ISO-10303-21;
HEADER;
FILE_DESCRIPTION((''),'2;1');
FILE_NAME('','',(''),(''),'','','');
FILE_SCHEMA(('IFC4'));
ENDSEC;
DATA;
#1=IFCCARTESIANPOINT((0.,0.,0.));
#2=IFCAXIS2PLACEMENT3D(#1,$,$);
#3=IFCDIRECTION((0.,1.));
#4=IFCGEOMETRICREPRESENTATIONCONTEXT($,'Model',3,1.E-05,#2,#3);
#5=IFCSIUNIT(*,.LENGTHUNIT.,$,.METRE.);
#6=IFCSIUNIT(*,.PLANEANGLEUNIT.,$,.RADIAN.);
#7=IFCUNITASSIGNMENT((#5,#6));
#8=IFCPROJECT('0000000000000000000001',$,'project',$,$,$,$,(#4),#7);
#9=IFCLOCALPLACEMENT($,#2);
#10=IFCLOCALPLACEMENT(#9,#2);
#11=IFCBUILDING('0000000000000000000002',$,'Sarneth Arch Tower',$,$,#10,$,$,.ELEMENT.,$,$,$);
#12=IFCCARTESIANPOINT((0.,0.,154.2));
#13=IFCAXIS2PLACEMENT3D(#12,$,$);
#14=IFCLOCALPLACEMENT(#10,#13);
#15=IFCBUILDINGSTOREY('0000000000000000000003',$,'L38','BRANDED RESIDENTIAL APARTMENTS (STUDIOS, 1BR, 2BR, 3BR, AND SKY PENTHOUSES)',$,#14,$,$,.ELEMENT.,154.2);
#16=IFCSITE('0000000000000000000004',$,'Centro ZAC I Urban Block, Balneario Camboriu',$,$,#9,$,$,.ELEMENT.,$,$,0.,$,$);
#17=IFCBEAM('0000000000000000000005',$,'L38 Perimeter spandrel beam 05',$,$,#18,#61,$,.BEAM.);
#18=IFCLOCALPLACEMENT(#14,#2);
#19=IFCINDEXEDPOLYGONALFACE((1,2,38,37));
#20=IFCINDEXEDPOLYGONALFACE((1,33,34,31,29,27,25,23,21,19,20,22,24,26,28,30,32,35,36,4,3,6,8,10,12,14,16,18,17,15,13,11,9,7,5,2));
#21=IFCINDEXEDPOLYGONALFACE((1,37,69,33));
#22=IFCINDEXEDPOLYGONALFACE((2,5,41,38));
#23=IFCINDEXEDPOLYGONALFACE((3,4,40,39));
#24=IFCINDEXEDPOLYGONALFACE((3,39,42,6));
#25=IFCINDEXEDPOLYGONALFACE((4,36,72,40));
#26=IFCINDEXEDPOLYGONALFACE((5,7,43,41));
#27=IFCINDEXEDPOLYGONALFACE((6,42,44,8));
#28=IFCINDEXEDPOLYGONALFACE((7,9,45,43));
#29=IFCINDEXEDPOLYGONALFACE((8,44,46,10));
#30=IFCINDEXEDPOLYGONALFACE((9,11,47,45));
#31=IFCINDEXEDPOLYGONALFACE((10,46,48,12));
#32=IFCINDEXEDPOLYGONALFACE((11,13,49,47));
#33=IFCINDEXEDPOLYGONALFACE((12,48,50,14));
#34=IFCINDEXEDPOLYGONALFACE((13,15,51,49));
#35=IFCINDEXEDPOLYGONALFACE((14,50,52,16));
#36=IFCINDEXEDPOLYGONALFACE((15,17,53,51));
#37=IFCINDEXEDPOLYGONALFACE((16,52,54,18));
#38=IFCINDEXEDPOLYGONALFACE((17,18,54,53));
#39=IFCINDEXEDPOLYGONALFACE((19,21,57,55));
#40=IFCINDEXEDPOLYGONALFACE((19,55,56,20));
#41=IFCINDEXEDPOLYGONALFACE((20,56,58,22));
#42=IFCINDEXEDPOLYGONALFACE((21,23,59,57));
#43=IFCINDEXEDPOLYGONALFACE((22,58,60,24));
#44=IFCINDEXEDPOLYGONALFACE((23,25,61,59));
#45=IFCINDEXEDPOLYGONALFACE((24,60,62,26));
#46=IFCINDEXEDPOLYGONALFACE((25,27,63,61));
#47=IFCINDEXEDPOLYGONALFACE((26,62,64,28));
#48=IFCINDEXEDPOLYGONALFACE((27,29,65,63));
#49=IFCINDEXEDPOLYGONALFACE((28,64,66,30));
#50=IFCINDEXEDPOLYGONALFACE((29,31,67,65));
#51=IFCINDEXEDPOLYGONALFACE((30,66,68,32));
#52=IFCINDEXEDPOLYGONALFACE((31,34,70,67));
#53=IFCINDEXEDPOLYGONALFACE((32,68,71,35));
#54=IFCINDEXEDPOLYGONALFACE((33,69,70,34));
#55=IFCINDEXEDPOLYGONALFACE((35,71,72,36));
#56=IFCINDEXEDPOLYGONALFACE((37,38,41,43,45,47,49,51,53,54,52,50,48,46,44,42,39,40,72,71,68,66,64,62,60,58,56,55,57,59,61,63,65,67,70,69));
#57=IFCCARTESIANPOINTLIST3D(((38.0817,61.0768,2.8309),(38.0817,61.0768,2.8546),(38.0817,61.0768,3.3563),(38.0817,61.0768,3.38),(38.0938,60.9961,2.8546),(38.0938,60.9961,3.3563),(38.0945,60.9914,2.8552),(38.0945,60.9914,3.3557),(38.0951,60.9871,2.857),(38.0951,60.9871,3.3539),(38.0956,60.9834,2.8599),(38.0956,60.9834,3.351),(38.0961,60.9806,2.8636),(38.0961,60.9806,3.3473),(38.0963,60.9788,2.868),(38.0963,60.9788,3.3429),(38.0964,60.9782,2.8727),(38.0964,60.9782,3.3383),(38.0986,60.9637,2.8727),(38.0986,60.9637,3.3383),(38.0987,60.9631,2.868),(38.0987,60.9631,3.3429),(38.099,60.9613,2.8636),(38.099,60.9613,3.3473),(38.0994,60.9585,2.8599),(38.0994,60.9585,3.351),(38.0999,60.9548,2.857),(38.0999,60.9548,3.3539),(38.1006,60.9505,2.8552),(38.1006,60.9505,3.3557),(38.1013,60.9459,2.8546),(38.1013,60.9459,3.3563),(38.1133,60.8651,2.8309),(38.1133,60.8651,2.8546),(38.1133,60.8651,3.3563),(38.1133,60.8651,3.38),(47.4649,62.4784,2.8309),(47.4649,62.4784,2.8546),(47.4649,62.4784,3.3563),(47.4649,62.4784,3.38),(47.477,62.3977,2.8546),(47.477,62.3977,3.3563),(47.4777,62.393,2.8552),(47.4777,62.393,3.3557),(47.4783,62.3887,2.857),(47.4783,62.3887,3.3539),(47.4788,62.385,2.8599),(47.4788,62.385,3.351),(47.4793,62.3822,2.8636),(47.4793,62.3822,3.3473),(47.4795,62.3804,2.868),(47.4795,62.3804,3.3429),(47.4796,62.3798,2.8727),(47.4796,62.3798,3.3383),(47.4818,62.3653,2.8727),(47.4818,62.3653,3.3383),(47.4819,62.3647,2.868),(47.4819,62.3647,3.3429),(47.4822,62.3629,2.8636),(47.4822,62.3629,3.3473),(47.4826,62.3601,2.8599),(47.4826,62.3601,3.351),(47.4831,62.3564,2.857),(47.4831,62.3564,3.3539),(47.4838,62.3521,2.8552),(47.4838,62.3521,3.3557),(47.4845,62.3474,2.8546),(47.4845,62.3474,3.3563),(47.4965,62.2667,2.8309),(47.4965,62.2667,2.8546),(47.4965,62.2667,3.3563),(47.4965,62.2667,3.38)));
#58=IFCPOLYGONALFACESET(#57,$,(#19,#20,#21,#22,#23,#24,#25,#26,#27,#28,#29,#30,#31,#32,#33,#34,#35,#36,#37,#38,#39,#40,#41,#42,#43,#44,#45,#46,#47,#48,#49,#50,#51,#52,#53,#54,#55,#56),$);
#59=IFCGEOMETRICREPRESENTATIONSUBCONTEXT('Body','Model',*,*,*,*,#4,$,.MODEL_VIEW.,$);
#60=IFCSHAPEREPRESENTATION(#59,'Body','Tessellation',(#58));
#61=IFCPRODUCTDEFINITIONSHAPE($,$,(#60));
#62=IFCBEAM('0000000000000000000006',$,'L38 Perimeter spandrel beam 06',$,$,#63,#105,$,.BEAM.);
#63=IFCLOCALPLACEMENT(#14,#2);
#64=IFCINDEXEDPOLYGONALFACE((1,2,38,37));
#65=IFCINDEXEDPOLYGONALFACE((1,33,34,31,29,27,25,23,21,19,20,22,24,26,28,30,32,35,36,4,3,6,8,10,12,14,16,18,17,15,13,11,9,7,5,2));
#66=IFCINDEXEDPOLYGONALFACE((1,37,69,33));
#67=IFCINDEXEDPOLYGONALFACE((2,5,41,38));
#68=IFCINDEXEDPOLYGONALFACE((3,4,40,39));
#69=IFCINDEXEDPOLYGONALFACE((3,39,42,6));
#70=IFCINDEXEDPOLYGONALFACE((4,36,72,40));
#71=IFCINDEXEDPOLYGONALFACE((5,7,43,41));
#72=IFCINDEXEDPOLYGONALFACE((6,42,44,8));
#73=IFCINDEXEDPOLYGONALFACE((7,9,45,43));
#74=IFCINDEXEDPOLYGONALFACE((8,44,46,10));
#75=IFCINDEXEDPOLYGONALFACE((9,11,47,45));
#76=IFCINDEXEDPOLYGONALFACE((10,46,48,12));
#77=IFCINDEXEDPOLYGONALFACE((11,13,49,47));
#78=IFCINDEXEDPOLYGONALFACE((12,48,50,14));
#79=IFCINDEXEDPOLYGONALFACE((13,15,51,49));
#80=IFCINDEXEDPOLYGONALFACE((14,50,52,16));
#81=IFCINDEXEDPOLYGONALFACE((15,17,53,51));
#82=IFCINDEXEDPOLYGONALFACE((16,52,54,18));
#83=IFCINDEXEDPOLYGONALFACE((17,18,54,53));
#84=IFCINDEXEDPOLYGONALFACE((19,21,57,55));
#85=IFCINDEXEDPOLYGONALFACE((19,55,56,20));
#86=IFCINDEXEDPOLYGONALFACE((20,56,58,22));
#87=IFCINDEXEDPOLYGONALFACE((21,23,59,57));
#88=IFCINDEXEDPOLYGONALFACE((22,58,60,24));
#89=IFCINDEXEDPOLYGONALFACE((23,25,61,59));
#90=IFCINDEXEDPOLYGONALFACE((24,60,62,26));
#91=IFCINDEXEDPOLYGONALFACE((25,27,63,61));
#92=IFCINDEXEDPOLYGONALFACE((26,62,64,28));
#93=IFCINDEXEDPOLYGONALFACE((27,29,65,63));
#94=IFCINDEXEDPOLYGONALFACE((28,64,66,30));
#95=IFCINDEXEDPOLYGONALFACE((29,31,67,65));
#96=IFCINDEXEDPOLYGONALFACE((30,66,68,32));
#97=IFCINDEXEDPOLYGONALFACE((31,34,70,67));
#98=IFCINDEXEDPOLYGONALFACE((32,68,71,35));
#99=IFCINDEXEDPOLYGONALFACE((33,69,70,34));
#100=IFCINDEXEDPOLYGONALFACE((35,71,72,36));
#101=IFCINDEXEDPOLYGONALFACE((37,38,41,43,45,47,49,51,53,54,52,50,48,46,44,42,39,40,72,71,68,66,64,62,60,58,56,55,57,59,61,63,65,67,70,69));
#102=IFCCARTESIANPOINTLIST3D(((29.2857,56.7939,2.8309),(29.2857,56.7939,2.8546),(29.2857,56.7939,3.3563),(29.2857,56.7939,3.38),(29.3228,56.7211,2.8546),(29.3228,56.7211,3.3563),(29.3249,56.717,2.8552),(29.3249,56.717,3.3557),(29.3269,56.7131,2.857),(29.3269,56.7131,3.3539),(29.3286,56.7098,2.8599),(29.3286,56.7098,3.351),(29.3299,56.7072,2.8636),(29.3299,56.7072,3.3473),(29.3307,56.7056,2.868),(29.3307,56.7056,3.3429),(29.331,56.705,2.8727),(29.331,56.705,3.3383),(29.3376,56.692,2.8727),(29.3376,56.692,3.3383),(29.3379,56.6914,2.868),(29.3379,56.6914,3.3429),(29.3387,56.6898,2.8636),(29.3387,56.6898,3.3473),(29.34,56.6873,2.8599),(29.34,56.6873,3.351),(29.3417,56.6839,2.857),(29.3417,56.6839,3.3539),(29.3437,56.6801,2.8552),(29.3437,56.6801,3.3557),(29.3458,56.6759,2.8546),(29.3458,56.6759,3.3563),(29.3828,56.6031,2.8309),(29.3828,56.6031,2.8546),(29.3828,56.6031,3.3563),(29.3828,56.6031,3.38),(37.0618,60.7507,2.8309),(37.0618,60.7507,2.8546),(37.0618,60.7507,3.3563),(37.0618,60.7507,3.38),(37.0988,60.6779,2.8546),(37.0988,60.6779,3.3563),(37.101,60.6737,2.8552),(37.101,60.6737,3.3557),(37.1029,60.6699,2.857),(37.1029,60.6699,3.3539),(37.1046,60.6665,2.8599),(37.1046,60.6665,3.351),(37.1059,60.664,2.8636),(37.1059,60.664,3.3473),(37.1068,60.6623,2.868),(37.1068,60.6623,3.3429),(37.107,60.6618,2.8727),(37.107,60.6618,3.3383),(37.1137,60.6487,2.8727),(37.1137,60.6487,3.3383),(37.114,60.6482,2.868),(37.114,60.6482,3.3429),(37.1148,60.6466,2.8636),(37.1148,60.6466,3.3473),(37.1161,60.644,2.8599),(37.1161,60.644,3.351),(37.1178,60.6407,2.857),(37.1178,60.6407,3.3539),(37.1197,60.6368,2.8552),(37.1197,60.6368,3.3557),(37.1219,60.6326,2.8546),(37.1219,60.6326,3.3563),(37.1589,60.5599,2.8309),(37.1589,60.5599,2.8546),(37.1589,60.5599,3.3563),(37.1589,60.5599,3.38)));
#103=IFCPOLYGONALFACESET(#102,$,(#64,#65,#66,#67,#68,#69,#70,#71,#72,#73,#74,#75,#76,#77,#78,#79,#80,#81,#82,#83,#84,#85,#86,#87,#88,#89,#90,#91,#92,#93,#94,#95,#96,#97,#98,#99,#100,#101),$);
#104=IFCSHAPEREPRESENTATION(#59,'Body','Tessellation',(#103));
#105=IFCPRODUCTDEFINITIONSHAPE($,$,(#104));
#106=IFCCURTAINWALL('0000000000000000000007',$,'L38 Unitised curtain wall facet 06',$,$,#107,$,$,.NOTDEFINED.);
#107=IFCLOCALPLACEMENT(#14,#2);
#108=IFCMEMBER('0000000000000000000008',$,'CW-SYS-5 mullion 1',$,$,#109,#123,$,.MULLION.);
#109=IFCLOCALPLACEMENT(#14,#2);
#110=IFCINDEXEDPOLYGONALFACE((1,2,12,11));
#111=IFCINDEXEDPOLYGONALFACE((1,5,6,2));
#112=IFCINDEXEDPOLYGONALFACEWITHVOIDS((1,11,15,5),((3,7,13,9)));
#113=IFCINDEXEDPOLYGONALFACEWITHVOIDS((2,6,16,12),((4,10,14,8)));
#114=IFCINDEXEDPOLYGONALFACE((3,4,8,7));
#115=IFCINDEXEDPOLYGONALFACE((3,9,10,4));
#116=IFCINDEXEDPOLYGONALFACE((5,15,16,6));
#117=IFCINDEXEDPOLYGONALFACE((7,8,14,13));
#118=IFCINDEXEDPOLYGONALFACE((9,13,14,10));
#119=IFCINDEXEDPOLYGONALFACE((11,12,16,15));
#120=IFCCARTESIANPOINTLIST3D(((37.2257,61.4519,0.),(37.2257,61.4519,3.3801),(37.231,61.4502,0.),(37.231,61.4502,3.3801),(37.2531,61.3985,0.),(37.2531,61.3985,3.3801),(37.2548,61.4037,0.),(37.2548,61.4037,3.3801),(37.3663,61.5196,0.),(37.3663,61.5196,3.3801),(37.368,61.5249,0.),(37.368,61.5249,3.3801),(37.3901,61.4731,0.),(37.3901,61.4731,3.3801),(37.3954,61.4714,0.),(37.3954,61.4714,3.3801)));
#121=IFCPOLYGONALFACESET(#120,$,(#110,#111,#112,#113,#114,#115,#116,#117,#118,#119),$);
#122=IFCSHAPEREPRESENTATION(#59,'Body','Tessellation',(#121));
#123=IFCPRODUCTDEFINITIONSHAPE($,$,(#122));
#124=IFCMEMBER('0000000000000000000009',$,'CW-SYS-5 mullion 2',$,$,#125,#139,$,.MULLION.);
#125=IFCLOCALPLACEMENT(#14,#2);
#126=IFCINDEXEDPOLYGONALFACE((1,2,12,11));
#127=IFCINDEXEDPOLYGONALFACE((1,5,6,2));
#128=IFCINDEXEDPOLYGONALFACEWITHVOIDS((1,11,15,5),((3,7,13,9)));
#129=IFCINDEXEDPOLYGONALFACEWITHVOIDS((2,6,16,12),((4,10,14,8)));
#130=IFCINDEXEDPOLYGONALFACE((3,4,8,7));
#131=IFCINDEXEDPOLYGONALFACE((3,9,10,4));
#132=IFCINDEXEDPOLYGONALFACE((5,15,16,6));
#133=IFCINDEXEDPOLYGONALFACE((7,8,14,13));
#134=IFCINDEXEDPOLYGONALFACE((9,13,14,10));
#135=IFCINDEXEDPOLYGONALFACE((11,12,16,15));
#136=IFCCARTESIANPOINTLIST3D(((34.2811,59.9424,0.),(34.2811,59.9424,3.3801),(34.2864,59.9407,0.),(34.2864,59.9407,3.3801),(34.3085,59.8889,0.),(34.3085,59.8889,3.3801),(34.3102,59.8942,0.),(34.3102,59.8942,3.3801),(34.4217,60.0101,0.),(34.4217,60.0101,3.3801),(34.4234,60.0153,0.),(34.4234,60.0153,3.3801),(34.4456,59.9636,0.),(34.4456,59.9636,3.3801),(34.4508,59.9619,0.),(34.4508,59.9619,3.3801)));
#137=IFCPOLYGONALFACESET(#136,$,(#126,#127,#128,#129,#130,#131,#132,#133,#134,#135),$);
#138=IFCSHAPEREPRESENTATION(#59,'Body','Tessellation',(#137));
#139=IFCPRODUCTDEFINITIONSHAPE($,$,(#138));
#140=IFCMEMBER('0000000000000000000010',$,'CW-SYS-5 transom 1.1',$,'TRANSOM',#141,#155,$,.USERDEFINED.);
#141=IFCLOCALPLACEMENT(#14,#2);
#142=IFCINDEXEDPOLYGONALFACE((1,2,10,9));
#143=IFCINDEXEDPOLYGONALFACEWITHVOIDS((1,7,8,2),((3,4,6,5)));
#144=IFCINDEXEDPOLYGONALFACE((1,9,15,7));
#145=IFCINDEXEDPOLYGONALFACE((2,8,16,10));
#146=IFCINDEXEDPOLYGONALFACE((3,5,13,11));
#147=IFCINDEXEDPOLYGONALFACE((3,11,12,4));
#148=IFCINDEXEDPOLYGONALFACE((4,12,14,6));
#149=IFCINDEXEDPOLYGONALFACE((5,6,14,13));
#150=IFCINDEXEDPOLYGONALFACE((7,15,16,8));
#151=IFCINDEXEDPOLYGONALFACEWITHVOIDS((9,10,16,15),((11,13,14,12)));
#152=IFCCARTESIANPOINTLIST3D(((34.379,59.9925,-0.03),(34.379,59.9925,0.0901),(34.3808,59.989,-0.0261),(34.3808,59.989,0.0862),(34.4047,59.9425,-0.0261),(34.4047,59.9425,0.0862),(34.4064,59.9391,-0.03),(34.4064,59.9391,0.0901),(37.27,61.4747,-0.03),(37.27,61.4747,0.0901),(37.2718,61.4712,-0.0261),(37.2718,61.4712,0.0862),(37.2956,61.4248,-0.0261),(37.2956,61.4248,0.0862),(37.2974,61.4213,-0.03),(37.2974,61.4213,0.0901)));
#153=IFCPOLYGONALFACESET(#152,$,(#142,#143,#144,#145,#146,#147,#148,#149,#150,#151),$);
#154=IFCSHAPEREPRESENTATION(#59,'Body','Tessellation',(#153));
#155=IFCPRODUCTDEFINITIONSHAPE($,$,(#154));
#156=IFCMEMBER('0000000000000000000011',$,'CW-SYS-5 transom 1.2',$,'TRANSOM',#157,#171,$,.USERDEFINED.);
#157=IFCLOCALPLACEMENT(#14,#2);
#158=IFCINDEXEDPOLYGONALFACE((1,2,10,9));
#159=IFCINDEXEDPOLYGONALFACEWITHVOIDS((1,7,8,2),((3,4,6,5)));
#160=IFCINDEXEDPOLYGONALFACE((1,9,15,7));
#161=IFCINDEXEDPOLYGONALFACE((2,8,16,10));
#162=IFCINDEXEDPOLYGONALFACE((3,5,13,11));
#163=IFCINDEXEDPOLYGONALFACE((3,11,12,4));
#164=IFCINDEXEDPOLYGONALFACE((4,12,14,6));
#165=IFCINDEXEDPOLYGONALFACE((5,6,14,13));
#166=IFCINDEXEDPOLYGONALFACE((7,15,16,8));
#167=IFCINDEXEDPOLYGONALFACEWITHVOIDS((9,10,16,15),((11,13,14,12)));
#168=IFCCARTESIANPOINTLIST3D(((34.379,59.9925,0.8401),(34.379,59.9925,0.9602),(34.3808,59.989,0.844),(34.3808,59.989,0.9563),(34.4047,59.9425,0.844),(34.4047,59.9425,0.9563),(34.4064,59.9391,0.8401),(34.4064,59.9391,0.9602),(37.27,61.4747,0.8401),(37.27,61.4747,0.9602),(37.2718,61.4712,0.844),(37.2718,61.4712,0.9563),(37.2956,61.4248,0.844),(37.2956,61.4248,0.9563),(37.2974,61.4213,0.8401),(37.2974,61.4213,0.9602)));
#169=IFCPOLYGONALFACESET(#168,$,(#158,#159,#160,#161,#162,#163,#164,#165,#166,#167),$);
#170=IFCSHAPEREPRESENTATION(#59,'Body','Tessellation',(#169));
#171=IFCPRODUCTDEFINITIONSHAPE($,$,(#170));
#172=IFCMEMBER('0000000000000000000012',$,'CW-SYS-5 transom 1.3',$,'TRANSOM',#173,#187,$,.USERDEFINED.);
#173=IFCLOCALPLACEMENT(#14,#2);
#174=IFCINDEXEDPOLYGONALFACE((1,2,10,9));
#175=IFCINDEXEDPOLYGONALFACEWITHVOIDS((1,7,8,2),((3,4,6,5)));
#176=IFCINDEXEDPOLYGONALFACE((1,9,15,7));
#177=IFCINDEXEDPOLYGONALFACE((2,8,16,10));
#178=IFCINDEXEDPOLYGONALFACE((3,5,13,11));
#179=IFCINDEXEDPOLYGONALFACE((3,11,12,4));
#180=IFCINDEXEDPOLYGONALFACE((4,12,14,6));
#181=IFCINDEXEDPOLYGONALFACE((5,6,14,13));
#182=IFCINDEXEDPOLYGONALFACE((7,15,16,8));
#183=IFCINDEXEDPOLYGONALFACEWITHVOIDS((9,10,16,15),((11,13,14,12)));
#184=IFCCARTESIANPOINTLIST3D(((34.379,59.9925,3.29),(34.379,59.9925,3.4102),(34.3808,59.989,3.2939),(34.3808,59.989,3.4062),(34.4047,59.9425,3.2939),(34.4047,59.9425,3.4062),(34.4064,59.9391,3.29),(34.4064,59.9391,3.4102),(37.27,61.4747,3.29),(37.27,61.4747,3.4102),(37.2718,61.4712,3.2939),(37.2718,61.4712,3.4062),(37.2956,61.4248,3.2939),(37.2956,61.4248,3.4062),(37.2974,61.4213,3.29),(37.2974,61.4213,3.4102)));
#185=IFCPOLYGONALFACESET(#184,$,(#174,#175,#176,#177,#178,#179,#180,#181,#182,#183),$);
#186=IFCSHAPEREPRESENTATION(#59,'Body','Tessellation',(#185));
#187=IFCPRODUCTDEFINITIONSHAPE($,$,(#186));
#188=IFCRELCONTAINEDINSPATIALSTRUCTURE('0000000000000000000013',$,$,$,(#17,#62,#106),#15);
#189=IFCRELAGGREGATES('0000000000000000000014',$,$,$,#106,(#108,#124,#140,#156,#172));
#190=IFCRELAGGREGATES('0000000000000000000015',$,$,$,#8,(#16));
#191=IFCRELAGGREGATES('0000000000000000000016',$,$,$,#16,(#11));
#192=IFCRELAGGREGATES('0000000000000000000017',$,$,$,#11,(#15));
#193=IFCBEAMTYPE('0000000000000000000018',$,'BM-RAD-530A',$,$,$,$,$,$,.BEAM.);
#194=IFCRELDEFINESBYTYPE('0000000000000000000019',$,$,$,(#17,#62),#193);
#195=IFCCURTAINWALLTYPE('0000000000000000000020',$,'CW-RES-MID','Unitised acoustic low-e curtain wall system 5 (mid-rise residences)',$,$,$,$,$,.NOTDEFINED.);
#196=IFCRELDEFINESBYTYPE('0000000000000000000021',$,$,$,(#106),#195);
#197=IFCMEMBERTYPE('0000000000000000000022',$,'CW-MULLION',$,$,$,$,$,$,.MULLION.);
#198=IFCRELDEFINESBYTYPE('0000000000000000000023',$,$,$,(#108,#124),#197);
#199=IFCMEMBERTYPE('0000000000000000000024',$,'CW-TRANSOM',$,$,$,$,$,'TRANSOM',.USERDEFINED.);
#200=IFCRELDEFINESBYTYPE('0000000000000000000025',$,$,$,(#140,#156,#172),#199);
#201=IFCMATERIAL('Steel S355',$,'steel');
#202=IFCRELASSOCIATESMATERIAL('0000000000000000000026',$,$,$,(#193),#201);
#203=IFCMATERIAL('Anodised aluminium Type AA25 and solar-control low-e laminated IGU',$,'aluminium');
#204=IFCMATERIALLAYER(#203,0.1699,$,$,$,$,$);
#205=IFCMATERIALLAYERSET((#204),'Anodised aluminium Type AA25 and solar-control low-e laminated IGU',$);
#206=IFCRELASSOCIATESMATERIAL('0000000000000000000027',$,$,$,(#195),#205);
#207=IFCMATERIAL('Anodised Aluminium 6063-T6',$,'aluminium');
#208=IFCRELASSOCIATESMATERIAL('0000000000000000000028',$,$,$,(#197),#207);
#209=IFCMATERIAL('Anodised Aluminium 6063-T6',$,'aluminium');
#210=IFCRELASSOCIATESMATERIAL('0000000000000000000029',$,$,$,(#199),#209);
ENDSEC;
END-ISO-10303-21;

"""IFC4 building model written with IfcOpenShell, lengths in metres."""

from ifc_helpers import new_model, si_unit, direction, frame, origin, origin_2d, place, context, subcontext, project, spatial, hollow_rectangle, i_section, extrude, material, layer, layer_set, material_profile, profile_set, type_object, element, aggregate, save


model = new_model("IFC4")

# Units and contexts
model_context = context("Model", 3, precision=1e-05, world=origin(), true_north=direction((0.0, 1.0)))
body_context = subcontext(model_context, "Body", "Model", "MODEL_VIEW")
ifc_project = project(units=[si_unit("LENGTHUNIT", "METRE"), si_unit("PLANEANGLEUNIT", "RADIAN")], contexts=[model_context])

# Site, building, storey
site_placement = place(None, origin())
site = spatial("IfcSite", under=ifc_project, at=site_placement, Name="Centro ZAC I Urban Block, Balneario Camboriu", CompositionType="ELEMENT", RefElevation=0.0)
building_placement = place(site_placement, origin())
building = spatial("IfcBuilding", under=site, at=building_placement, Name="Sarneth Arch Tower", CompositionType="ELEMENT")
storey_placement = place(building_placement, frame((0.0, 0.0, 154.2)))
storey = spatial("IfcBuildingStorey", under=building, at=storey_placement, Name="L38", Description="BRANDED RESIDENTIAL APARTMENTS (STUDIOS, 1BR, 2BR, 3BR, AND SKY PENTHOUSES)", CompositionType="ELEMENT", Elevation=154.2)

# Beams
ifc_material_1 = material(Name="Steel S355", Category="steel")
ifc_material_profile_1 = material_profile(ifc_material_1, i_section(OverallWidth=0.2141, OverallDepth=0.5491, WebThickness=0.0146, FlangeThickness=0.0237, FilletRadius=0.0181, at=origin_2d()), Name="W530x138")
ifc_profile_set_1 = profile_set([ifc_material_profile_1], Name="Steel S355")
beam_type = type_object("IfcBeamType", Name="BM-RAD-530A", PredefinedType="BEAM", material=ifc_profile_set_1)
beam_1_placement = place(storey_placement, frame((47.4807, 62.3726, 3.1055), z_axis=(-0.989027, -0.147734, 0.0), x_axis=(0.147734, -0.989027, 0.0)))
element("IfcBeam", 1, at=beam_1_placement, inside=storey, type_object=beam_type, Name="L38 Perimeter spandrel beam 05", PredefinedType="BEAM", context=body_context, shape_type="SweptSolid", body=[
    extrude(i_section(OverallWidth=0.2141, OverallDepth=0.5491, WebThickness=0.0146, FlangeThickness=0.0237, FilletRadius=0.0181, at=origin_2d()), origin(), (0.0, 0.0, 1.0), 9.4873),
])
beam_2_placement = place(storey_placement, frame((37.1104, 60.6553, 3.1055), z_axis=(-0.891254, -0.453504, 0.0), x_axis=(0.453504, -0.891254, 0.0)))
element("IfcBeam", 2, at=beam_2_placement, inside=storey, type_object=beam_type, Name="L38 Perimeter spandrel beam 06", PredefinedType="BEAM", context=body_context, shape_type="SweptSolid", body=[
    extrude(i_section(OverallWidth=0.2141, OverallDepth=0.5491, WebThickness=0.0146, FlangeThickness=0.0237, FilletRadius=0.0181, at=origin_2d()), origin(), (0.0, 0.0, 1.0), 8.7249),
])

# Curtain wall, members
ifc_material_2 = material(Name="Anodised aluminium Type AA25 and solar-control low-e laminated IGU", Category="aluminium")
ifc_layer_1 = layer(ifc_material_2, 0.1699)
ifc_layer_set_1 = layer_set([ifc_layer_1], Name="Anodised aluminium Type AA25 and solar-control low-e laminated IGU")
curtain_wall_type = type_object("IfcCurtainWallType", Name="CW-RES-MID", Description="Unitised acoustic low-e curtain wall system 5 (mid-rise residences)", PredefinedType="NOTDEFINED", material=ifc_layer_set_1)
curtain_wall_placement = place(storey_placement, origin())
curtain_wall = element("IfcCurtainWall", 3, at=curtain_wall_placement, inside=storey, type_object=curtain_wall_type, Name="L38 Unitised curtain wall facet 06", PredefinedType="NOTDEFINED")
ifc_material_3 = material(Name="Anodised Aluminium 6063-T6", Category="aluminium")
ifc_material_profile_2 = material_profile(ifc_material_3, hollow_rectangle(XDim=0.0601, YDim=0.1599, WallThickness=0.0039, at=origin_2d()), Name="AL-MULL-160x60x4")
ifc_profile_set_2 = profile_set([ifc_material_profile_2], Name="Anodised Aluminium 6063-T6")
member_type_1 = type_object("IfcMemberType", Name="CW-MULLION", PredefinedType="MULLION", material=ifc_profile_set_2)
member_1_placement = place(storey_placement, frame((37.3105, 61.4617, 0.0), z_axis=(0.0, 0.0, 1.0), x_axis=(0.456208, -0.889873, 0.0)))
member_1 = element("IfcMember", 4, at=member_1_placement, type_object=member_type_1, Name="CW-SYS-5 mullion 1", PredefinedType="MULLION", context=body_context, shape_type="SweptSolid", body=[
    extrude(hollow_rectangle(XDim=0.0601, YDim=0.1599, WallThickness=0.0039, at=origin_2d()), origin(), (0.0, 0.0, 1.0), 3.3801),
])
member_2_placement = place(storey_placement, frame((34.366, 59.9521, 0.0), z_axis=(0.0, 0.0, 1.0), x_axis=(0.456208, -0.889873, 0.0)))
member_2 = element("IfcMember", 5, at=member_2_placement, type_object=member_type_1, Name="CW-SYS-5 mullion 2", PredefinedType="MULLION", context=body_context, shape_type="SweptSolid", body=[
    extrude(hollow_rectangle(XDim=0.0601, YDim=0.1599, WallThickness=0.0039, at=origin_2d()), origin(), (0.0, 0.0, 1.0), 3.3801),
])
ifc_material_4 = material(Name="Anodised Aluminium 6063-T6", Category="aluminium")
ifc_material_profile_3 = material_profile(ifc_material_4, hollow_rectangle(XDim=0.0601, YDim=0.1201, WallThickness=0.0039, at=origin_2d()), Name="AL-TRAN-120x60x4")
ifc_profile_set_3 = profile_set([ifc_material_profile_3], Name="Anodised Aluminium 6063-T6")
member_type_2 = type_object("IfcMemberType", Name="CW-TRANSOM", ElementType="TRANSOM", PredefinedType="USERDEFINED", material=ifc_profile_set_3)
member_3_placement = place(storey_placement, frame((37.2837, 61.448, 0.03), z_axis=(-0.889857, -0.456239, 0.0), x_axis=(0.456239, -0.889857, 0.0)))
member_3 = element("IfcMember", 6, at=member_3_placement, type_object=member_type_2, Name="CW-SYS-5 transom 1.1", ObjectType="TRANSOM", PredefinedType="USERDEFINED", context=body_context, shape_type="SweptSolid", body=[
    extrude(hollow_rectangle(XDim=0.0601, YDim=0.1201, WallThickness=0.0039, at=origin_2d()), origin(), (0.0, 0.0, 1.0), 3.2488),
])
member_4_placement = place(storey_placement, frame((37.2837, 61.448, 0.9001), z_axis=(-0.889857, -0.456239, 0.0), x_axis=(0.456239, -0.889857, 0.0)))
member_4 = element("IfcMember", 7, at=member_4_placement, type_object=member_type_2, Name="CW-SYS-5 transom 1.2", ObjectType="TRANSOM", PredefinedType="USERDEFINED", context=body_context, shape_type="SweptSolid", body=[
    extrude(hollow_rectangle(XDim=0.0601, YDim=0.1201, WallThickness=0.0039, at=origin_2d()), origin(), (0.0, 0.0, 1.0), 3.2488),
])
member_5_placement = place(storey_placement, frame((37.2837, 61.448, 3.3501), z_axis=(-0.889857, -0.456239, 0.0), x_axis=(0.456239, -0.889857, 0.0)))
member_5 = element("IfcMember", 8, at=member_5_placement, type_object=member_type_2, Name="CW-SYS-5 transom 1.3", ObjectType="TRANSOM", PredefinedType="USERDEFINED", context=body_context, shape_type="SweptSolid", body=[
    extrude(hollow_rectangle(XDim=0.0601, YDim=0.1201, WallThickness=0.0039, at=origin_2d()), origin(), (0.0, 0.0, 1.0), 3.2488),
])

aggregate(curtain_wall, [member_1, member_2, member_3, member_4, member_5])

save(model, "model.ifc")
